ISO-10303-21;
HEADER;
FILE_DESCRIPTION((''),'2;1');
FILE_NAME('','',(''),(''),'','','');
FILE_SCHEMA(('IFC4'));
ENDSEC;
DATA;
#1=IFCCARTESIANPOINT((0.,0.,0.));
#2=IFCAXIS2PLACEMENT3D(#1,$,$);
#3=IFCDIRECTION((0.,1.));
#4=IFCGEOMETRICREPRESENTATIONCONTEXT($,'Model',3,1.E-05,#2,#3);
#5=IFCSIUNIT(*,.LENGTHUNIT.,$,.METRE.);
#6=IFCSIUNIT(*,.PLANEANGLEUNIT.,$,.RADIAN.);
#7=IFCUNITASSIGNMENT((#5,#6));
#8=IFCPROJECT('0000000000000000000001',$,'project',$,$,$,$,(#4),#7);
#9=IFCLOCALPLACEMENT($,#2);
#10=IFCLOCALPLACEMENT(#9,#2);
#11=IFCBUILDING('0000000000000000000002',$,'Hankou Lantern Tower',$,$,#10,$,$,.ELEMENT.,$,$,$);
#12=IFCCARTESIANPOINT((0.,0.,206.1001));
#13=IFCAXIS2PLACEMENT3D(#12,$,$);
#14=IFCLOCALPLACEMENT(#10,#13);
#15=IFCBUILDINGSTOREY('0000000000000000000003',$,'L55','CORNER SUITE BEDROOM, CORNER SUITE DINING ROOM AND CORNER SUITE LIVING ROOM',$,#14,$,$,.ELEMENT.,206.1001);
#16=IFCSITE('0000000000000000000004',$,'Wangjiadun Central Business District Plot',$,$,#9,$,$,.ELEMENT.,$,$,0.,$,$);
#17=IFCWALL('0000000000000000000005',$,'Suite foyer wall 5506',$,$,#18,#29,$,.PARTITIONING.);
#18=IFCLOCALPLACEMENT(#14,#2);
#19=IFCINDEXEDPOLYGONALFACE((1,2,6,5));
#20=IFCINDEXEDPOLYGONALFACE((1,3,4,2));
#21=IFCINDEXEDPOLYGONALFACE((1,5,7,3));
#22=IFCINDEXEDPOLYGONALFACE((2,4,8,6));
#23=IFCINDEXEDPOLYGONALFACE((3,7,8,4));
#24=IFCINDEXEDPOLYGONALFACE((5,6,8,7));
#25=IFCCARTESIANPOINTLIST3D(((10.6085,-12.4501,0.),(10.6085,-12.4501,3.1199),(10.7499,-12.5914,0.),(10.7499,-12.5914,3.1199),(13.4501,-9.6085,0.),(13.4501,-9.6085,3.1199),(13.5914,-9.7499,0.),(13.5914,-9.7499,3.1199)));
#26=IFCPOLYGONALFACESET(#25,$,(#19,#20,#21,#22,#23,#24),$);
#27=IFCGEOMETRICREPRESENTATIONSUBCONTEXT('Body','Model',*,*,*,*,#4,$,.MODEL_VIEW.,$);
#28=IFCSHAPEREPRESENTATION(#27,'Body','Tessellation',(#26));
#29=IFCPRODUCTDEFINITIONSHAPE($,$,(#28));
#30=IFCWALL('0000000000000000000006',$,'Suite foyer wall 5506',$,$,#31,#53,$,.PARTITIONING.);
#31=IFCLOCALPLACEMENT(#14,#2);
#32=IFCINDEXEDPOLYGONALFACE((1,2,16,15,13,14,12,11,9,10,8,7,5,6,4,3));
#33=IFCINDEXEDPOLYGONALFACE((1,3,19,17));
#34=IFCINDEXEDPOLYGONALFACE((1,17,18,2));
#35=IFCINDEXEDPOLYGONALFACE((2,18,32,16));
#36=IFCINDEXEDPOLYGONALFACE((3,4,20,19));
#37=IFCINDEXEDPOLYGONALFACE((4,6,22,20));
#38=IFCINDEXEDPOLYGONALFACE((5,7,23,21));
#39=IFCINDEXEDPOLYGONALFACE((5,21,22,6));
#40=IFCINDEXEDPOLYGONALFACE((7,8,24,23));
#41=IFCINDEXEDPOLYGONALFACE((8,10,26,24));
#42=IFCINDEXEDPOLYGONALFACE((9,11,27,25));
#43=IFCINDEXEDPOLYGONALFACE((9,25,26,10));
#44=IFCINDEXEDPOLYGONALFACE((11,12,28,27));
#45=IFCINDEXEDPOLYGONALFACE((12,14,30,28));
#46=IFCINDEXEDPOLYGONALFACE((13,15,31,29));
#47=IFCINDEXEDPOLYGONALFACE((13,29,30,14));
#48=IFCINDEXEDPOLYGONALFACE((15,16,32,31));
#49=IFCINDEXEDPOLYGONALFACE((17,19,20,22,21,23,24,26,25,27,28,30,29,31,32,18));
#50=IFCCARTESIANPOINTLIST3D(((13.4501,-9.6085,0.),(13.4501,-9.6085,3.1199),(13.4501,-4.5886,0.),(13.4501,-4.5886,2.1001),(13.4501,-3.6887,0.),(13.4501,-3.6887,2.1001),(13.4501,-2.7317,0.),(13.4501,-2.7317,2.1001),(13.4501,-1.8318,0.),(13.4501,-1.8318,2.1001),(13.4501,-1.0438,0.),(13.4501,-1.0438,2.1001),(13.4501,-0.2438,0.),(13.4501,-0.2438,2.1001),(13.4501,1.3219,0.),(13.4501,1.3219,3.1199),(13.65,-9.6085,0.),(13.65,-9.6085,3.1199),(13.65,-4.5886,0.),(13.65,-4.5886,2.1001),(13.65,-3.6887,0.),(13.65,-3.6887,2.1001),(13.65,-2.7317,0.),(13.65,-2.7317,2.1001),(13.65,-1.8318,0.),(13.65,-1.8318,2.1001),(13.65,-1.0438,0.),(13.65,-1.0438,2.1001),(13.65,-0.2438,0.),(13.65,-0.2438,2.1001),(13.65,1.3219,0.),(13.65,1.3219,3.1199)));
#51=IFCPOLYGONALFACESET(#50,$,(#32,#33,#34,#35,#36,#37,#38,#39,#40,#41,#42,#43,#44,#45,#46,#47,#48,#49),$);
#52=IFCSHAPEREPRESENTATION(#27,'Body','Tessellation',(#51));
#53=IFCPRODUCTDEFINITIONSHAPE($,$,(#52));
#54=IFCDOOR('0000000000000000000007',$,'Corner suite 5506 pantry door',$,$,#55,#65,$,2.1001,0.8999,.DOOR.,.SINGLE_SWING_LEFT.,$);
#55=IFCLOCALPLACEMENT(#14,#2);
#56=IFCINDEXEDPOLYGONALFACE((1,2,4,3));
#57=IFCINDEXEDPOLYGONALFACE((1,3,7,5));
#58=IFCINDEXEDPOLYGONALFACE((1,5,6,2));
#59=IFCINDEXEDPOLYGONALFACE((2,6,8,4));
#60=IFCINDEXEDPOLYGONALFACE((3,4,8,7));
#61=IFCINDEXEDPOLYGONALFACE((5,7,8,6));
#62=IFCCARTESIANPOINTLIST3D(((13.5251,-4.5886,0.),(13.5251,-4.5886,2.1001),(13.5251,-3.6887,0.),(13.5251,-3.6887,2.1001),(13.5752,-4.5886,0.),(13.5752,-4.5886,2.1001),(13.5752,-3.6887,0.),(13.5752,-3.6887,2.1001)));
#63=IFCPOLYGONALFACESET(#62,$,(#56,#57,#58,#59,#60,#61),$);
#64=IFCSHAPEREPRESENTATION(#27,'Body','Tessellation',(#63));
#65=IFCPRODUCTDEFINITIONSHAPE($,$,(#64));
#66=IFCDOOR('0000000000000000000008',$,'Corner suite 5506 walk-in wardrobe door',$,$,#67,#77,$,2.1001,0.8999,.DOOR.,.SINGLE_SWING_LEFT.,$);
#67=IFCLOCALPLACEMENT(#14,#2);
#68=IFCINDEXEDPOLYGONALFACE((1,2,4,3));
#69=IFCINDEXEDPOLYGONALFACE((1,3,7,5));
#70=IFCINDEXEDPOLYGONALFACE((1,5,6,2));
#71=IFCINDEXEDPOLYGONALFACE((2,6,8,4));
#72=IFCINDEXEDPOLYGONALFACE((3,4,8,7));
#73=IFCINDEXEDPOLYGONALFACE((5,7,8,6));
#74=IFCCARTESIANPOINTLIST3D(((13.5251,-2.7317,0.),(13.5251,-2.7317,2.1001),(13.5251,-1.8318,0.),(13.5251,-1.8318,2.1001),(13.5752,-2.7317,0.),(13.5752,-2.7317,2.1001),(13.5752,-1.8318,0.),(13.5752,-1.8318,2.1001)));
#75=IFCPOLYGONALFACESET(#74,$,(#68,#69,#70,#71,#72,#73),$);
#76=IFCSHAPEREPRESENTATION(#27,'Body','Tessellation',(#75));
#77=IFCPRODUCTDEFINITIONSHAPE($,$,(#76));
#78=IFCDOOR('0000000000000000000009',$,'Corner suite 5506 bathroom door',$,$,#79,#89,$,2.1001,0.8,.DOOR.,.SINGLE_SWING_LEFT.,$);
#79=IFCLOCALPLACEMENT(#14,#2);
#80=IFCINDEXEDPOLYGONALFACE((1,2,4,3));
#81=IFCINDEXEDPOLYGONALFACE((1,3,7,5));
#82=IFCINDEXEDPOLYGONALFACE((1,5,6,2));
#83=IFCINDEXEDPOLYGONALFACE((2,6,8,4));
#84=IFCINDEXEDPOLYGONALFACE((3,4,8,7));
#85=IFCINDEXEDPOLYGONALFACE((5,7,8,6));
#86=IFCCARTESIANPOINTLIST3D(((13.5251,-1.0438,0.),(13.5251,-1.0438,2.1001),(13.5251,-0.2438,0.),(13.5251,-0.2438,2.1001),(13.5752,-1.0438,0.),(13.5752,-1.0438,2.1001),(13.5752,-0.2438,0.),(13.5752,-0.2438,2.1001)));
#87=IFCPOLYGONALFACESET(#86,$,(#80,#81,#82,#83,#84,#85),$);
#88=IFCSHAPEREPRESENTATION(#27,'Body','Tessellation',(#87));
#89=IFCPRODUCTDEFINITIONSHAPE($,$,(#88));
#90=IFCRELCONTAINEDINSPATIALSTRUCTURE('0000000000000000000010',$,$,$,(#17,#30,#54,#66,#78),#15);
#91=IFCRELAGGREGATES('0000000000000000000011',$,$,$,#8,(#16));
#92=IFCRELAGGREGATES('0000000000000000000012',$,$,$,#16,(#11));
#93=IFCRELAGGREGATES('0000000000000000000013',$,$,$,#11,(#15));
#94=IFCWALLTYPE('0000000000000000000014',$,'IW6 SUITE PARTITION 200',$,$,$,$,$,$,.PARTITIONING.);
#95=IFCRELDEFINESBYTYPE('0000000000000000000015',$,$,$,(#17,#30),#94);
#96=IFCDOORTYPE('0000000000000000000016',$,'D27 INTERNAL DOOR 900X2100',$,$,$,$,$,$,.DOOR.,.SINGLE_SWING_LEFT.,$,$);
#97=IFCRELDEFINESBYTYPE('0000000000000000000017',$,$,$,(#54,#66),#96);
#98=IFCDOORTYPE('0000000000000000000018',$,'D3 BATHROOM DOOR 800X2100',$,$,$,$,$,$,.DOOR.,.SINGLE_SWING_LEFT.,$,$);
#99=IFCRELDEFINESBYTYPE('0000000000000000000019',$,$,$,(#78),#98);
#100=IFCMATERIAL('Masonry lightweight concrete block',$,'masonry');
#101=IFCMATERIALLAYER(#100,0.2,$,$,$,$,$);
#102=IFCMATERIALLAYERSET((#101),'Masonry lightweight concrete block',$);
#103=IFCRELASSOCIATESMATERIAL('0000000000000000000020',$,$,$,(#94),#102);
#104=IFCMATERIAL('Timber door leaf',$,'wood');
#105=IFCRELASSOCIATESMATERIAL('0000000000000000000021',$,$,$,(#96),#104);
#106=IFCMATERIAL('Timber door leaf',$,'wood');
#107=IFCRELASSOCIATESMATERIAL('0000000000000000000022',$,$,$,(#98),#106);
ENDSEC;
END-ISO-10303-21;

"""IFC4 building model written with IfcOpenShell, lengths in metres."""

from ifc_helpers import new_model, si_unit, direction, frame, frame_2d, origin, place, context, subcontext, project, spatial, rectangle, extrude, material, layer, layer_set, type_object, element, fill, save


model = new_model("IFC4")

# Units and contexts
model_context = context("Model", 3, precision=1e-05, world=origin(), true_north=direction((0.0, 1.0)))
body_context = subcontext(model_context, "Body", "Model", "MODEL_VIEW")
ifc_project = project(units=[si_unit("LENGTHUNIT", "METRE"), si_unit("PLANEANGLEUNIT", "RADIAN")], contexts=[model_context])

# Site, building, storey
site_placement = place(None, origin())
site = spatial("IfcSite", under=ifc_project, at=site_placement, Name="Wangjiadun Central Business District Plot", CompositionType="ELEMENT", RefElevation=0.0)
building_placement = place(site_placement, origin())
building = spatial("IfcBuilding", under=site, at=building_placement, Name="Hankou Lantern Tower", CompositionType="ELEMENT")
storey_placement = place(building_placement, frame((0.0, 0.0, 206.1001)))
storey = spatial("IfcBuildingStorey", under=building, at=storey_placement, Name="L55", Description="CORNER SUITE BEDROOM, CORNER SUITE DINING ROOM AND CORNER SUITE LIVING ROOM", CompositionType="ELEMENT", Elevation=206.1001)

# Wall
ifc_material_1 = material(Name="Masonry lightweight concrete block", Category="masonry")
ifc_layer_1 = layer(ifc_material_1, 0.2)
ifc_layer_set_1 = layer_set([ifc_layer_1], Name="Masonry lightweight concrete block")
wall_type_1 = type_object("IfcWallType", Name="IW6 SUITE PARTITION 200", PredefinedType="PARTITIONING", material=ifc_layer_set_1)
wall_1_placement = place(storey_placement, frame((10.6792, -12.5208, 0.0), z_axis=(0.0, 0.0, 1.0), x_axis=(0.707107, 0.707107, 0.0)))
element("IfcWall", 1, at=wall_1_placement, inside=storey, type_object=wall_type_1, Name="Suite foyer wall 5506", PredefinedType="PARTITIONING", context=body_context, shape_type="SweptSolid", body=[
    extrude(rectangle(XDim=4.0186, YDim=0.2, at=frame_2d((2.0093, 0.0))), origin(), (0.0, 0.0, 1.0), 3.1199),
])

# Wall, openings, doors
wall_2_placement = place(storey_placement, frame((13.55, -9.6086, 0.0), z_axis=(0.0, 0.0, 1.0), x_axis=(0.0, 1.0, 0.0)))
wall_2 = element("IfcWall", 2, at=wall_2_placement, inside=storey, type_object=wall_type_1, Name="Suite foyer wall 5506", PredefinedType="PARTITIONING", context=body_context, shape_type="SweptSolid", body=[
    extrude(rectangle(XDim=10.9304, YDim=0.2, at=frame_2d((5.4653, 0.0))), origin(), (0.0, 0.0, 1.0), 3.1199),
])
opening_1_placement = place(wall_2_placement, frame((5.02, 0.0, 0.0)))
opening_1 = element("IfcOpeningElement", 3, at=opening_1_placement, cuts=wall_2, PredefinedType="OPENING", context=body_context, shape_type="SweptSolid", body=[
    extrude(rectangle(XDim=0.8999, YDim=2.1001, at=frame_2d((0.45, 1.05))), frame((0.0, 0.1099, 0.0), z_axis=(0.0, -1.0, 0.0), x_axis=(1.0, 0.0, 0.0)), (0.0, 0.0, 1.0), 0.22),
])
opening_2_placement = place(wall_2_placement, frame((6.877, 0.0, 0.0)))
opening_2 = element("IfcOpeningElement", 4, at=opening_2_placement, cuts=wall_2, PredefinedType="OPENING", context=body_context, shape_type="SweptSolid", body=[
    extrude(rectangle(XDim=0.8999, YDim=2.1001, at=frame_2d((0.45, 1.05))), frame((0.0, 0.1099, 0.0), z_axis=(0.0, -1.0, 0.0), x_axis=(1.0, 0.0, 0.0)), (0.0, 0.0, 1.0), 0.22),
])
opening_3_placement = place(wall_2_placement, frame((8.5649, 0.0, 0.0)))
opening_3 = element("IfcOpeningElement", 5, at=opening_3_placement, cuts=wall_2, PredefinedType="OPENING", context=body_context, shape_type="SweptSolid", body=[
    extrude(rectangle(XDim=0.8, YDim=2.1001, at=frame_2d((0.3999, 1.05))), frame((0.0, 0.1099, 0.0), z_axis=(0.0, -1.0, 0.0), x_axis=(1.0, 0.0, 0.0)), (0.0, 0.0, 1.0), 0.22),
])
ifc_material_2 = material(Name="Timber door leaf", Category="wood")
door_type_1 = type_object("IfcDoorType", Name="D27 INTERNAL DOOR 900X2100", OperationType="SINGLE_SWING_LEFT", PredefinedType="DOOR", material=ifc_material_2)
door_1_placement = place(opening_1_placement, origin())
door_1 = element("IfcDoor", 6, at=door_1_placement, inside=storey, type_object=door_type_1, Name="Corner suite 5506 pantry door", OperationType="SINGLE_SWING_LEFT", OverallHeight=2.1001, OverallWidth=0.8999, PredefinedType="DOOR", context=body_context, shape_type="SweptSolid", body=[
    extrude(rectangle(XDim=0.8999, YDim=2.1001, at=frame_2d((0.45, 1.05))), frame((0.0, 0.0249, 0.0), z_axis=(0.0, -1.0, 0.0), x_axis=(1.0, 0.0, 0.0)), (0.0, 0.0, 1.0), 0.05),
])
fill(opening_1, door_1)
door_2_placement = place(opening_2_placement, origin())
door_2 = element("IfcDoor", 7, at=door_2_placement, inside=storey, type_object=door_type_1, Name="Corner suite 5506 walk-in wardrobe door", OperationType="SINGLE_SWING_LEFT", OverallHeight=2.1001, OverallWidth=0.8999, PredefinedType="DOOR", context=body_context, shape_type="SweptSolid", body=[
    extrude(rectangle(XDim=0.8999, YDim=2.1001, at=frame_2d((0.45, 1.05))), frame((0.0, 0.0249, 0.0), z_axis=(0.0, -1.0, 0.0), x_axis=(1.0, 0.0, 0.0)), (0.0, 0.0, 1.0), 0.05),
])
fill(opening_2, door_2)
ifc_material_3 = material(Name="Timber door leaf", Category="wood")
door_type_2 = type_object("IfcDoorType", Name="D3 BATHROOM DOOR 800X2100", OperationType="SINGLE_SWING_LEFT", PredefinedType="DOOR", material=ifc_material_3)
door_3_placement = place(opening_3_placement, origin())
door_3 = element("IfcDoor", 8, at=door_3_placement, inside=storey, type_object=door_type_2, Name="Corner suite 5506 bathroom door", OperationType="SINGLE_SWING_LEFT", OverallHeight=2.1001, OverallWidth=0.8, PredefinedType="DOOR", context=body_context, shape_type="SweptSolid", body=[
    extrude(rectangle(XDim=0.8, YDim=2.1001, at=frame_2d((0.3999, 1.05))), frame((0.0, 0.0249, 0.0), z_axis=(0.0, -1.0, 0.0), x_axis=(1.0, 0.0, 0.0)), (0.0, 0.0, 1.0), 0.05),
])
fill(opening_3, door_3)

save(model, "model.ifc")
